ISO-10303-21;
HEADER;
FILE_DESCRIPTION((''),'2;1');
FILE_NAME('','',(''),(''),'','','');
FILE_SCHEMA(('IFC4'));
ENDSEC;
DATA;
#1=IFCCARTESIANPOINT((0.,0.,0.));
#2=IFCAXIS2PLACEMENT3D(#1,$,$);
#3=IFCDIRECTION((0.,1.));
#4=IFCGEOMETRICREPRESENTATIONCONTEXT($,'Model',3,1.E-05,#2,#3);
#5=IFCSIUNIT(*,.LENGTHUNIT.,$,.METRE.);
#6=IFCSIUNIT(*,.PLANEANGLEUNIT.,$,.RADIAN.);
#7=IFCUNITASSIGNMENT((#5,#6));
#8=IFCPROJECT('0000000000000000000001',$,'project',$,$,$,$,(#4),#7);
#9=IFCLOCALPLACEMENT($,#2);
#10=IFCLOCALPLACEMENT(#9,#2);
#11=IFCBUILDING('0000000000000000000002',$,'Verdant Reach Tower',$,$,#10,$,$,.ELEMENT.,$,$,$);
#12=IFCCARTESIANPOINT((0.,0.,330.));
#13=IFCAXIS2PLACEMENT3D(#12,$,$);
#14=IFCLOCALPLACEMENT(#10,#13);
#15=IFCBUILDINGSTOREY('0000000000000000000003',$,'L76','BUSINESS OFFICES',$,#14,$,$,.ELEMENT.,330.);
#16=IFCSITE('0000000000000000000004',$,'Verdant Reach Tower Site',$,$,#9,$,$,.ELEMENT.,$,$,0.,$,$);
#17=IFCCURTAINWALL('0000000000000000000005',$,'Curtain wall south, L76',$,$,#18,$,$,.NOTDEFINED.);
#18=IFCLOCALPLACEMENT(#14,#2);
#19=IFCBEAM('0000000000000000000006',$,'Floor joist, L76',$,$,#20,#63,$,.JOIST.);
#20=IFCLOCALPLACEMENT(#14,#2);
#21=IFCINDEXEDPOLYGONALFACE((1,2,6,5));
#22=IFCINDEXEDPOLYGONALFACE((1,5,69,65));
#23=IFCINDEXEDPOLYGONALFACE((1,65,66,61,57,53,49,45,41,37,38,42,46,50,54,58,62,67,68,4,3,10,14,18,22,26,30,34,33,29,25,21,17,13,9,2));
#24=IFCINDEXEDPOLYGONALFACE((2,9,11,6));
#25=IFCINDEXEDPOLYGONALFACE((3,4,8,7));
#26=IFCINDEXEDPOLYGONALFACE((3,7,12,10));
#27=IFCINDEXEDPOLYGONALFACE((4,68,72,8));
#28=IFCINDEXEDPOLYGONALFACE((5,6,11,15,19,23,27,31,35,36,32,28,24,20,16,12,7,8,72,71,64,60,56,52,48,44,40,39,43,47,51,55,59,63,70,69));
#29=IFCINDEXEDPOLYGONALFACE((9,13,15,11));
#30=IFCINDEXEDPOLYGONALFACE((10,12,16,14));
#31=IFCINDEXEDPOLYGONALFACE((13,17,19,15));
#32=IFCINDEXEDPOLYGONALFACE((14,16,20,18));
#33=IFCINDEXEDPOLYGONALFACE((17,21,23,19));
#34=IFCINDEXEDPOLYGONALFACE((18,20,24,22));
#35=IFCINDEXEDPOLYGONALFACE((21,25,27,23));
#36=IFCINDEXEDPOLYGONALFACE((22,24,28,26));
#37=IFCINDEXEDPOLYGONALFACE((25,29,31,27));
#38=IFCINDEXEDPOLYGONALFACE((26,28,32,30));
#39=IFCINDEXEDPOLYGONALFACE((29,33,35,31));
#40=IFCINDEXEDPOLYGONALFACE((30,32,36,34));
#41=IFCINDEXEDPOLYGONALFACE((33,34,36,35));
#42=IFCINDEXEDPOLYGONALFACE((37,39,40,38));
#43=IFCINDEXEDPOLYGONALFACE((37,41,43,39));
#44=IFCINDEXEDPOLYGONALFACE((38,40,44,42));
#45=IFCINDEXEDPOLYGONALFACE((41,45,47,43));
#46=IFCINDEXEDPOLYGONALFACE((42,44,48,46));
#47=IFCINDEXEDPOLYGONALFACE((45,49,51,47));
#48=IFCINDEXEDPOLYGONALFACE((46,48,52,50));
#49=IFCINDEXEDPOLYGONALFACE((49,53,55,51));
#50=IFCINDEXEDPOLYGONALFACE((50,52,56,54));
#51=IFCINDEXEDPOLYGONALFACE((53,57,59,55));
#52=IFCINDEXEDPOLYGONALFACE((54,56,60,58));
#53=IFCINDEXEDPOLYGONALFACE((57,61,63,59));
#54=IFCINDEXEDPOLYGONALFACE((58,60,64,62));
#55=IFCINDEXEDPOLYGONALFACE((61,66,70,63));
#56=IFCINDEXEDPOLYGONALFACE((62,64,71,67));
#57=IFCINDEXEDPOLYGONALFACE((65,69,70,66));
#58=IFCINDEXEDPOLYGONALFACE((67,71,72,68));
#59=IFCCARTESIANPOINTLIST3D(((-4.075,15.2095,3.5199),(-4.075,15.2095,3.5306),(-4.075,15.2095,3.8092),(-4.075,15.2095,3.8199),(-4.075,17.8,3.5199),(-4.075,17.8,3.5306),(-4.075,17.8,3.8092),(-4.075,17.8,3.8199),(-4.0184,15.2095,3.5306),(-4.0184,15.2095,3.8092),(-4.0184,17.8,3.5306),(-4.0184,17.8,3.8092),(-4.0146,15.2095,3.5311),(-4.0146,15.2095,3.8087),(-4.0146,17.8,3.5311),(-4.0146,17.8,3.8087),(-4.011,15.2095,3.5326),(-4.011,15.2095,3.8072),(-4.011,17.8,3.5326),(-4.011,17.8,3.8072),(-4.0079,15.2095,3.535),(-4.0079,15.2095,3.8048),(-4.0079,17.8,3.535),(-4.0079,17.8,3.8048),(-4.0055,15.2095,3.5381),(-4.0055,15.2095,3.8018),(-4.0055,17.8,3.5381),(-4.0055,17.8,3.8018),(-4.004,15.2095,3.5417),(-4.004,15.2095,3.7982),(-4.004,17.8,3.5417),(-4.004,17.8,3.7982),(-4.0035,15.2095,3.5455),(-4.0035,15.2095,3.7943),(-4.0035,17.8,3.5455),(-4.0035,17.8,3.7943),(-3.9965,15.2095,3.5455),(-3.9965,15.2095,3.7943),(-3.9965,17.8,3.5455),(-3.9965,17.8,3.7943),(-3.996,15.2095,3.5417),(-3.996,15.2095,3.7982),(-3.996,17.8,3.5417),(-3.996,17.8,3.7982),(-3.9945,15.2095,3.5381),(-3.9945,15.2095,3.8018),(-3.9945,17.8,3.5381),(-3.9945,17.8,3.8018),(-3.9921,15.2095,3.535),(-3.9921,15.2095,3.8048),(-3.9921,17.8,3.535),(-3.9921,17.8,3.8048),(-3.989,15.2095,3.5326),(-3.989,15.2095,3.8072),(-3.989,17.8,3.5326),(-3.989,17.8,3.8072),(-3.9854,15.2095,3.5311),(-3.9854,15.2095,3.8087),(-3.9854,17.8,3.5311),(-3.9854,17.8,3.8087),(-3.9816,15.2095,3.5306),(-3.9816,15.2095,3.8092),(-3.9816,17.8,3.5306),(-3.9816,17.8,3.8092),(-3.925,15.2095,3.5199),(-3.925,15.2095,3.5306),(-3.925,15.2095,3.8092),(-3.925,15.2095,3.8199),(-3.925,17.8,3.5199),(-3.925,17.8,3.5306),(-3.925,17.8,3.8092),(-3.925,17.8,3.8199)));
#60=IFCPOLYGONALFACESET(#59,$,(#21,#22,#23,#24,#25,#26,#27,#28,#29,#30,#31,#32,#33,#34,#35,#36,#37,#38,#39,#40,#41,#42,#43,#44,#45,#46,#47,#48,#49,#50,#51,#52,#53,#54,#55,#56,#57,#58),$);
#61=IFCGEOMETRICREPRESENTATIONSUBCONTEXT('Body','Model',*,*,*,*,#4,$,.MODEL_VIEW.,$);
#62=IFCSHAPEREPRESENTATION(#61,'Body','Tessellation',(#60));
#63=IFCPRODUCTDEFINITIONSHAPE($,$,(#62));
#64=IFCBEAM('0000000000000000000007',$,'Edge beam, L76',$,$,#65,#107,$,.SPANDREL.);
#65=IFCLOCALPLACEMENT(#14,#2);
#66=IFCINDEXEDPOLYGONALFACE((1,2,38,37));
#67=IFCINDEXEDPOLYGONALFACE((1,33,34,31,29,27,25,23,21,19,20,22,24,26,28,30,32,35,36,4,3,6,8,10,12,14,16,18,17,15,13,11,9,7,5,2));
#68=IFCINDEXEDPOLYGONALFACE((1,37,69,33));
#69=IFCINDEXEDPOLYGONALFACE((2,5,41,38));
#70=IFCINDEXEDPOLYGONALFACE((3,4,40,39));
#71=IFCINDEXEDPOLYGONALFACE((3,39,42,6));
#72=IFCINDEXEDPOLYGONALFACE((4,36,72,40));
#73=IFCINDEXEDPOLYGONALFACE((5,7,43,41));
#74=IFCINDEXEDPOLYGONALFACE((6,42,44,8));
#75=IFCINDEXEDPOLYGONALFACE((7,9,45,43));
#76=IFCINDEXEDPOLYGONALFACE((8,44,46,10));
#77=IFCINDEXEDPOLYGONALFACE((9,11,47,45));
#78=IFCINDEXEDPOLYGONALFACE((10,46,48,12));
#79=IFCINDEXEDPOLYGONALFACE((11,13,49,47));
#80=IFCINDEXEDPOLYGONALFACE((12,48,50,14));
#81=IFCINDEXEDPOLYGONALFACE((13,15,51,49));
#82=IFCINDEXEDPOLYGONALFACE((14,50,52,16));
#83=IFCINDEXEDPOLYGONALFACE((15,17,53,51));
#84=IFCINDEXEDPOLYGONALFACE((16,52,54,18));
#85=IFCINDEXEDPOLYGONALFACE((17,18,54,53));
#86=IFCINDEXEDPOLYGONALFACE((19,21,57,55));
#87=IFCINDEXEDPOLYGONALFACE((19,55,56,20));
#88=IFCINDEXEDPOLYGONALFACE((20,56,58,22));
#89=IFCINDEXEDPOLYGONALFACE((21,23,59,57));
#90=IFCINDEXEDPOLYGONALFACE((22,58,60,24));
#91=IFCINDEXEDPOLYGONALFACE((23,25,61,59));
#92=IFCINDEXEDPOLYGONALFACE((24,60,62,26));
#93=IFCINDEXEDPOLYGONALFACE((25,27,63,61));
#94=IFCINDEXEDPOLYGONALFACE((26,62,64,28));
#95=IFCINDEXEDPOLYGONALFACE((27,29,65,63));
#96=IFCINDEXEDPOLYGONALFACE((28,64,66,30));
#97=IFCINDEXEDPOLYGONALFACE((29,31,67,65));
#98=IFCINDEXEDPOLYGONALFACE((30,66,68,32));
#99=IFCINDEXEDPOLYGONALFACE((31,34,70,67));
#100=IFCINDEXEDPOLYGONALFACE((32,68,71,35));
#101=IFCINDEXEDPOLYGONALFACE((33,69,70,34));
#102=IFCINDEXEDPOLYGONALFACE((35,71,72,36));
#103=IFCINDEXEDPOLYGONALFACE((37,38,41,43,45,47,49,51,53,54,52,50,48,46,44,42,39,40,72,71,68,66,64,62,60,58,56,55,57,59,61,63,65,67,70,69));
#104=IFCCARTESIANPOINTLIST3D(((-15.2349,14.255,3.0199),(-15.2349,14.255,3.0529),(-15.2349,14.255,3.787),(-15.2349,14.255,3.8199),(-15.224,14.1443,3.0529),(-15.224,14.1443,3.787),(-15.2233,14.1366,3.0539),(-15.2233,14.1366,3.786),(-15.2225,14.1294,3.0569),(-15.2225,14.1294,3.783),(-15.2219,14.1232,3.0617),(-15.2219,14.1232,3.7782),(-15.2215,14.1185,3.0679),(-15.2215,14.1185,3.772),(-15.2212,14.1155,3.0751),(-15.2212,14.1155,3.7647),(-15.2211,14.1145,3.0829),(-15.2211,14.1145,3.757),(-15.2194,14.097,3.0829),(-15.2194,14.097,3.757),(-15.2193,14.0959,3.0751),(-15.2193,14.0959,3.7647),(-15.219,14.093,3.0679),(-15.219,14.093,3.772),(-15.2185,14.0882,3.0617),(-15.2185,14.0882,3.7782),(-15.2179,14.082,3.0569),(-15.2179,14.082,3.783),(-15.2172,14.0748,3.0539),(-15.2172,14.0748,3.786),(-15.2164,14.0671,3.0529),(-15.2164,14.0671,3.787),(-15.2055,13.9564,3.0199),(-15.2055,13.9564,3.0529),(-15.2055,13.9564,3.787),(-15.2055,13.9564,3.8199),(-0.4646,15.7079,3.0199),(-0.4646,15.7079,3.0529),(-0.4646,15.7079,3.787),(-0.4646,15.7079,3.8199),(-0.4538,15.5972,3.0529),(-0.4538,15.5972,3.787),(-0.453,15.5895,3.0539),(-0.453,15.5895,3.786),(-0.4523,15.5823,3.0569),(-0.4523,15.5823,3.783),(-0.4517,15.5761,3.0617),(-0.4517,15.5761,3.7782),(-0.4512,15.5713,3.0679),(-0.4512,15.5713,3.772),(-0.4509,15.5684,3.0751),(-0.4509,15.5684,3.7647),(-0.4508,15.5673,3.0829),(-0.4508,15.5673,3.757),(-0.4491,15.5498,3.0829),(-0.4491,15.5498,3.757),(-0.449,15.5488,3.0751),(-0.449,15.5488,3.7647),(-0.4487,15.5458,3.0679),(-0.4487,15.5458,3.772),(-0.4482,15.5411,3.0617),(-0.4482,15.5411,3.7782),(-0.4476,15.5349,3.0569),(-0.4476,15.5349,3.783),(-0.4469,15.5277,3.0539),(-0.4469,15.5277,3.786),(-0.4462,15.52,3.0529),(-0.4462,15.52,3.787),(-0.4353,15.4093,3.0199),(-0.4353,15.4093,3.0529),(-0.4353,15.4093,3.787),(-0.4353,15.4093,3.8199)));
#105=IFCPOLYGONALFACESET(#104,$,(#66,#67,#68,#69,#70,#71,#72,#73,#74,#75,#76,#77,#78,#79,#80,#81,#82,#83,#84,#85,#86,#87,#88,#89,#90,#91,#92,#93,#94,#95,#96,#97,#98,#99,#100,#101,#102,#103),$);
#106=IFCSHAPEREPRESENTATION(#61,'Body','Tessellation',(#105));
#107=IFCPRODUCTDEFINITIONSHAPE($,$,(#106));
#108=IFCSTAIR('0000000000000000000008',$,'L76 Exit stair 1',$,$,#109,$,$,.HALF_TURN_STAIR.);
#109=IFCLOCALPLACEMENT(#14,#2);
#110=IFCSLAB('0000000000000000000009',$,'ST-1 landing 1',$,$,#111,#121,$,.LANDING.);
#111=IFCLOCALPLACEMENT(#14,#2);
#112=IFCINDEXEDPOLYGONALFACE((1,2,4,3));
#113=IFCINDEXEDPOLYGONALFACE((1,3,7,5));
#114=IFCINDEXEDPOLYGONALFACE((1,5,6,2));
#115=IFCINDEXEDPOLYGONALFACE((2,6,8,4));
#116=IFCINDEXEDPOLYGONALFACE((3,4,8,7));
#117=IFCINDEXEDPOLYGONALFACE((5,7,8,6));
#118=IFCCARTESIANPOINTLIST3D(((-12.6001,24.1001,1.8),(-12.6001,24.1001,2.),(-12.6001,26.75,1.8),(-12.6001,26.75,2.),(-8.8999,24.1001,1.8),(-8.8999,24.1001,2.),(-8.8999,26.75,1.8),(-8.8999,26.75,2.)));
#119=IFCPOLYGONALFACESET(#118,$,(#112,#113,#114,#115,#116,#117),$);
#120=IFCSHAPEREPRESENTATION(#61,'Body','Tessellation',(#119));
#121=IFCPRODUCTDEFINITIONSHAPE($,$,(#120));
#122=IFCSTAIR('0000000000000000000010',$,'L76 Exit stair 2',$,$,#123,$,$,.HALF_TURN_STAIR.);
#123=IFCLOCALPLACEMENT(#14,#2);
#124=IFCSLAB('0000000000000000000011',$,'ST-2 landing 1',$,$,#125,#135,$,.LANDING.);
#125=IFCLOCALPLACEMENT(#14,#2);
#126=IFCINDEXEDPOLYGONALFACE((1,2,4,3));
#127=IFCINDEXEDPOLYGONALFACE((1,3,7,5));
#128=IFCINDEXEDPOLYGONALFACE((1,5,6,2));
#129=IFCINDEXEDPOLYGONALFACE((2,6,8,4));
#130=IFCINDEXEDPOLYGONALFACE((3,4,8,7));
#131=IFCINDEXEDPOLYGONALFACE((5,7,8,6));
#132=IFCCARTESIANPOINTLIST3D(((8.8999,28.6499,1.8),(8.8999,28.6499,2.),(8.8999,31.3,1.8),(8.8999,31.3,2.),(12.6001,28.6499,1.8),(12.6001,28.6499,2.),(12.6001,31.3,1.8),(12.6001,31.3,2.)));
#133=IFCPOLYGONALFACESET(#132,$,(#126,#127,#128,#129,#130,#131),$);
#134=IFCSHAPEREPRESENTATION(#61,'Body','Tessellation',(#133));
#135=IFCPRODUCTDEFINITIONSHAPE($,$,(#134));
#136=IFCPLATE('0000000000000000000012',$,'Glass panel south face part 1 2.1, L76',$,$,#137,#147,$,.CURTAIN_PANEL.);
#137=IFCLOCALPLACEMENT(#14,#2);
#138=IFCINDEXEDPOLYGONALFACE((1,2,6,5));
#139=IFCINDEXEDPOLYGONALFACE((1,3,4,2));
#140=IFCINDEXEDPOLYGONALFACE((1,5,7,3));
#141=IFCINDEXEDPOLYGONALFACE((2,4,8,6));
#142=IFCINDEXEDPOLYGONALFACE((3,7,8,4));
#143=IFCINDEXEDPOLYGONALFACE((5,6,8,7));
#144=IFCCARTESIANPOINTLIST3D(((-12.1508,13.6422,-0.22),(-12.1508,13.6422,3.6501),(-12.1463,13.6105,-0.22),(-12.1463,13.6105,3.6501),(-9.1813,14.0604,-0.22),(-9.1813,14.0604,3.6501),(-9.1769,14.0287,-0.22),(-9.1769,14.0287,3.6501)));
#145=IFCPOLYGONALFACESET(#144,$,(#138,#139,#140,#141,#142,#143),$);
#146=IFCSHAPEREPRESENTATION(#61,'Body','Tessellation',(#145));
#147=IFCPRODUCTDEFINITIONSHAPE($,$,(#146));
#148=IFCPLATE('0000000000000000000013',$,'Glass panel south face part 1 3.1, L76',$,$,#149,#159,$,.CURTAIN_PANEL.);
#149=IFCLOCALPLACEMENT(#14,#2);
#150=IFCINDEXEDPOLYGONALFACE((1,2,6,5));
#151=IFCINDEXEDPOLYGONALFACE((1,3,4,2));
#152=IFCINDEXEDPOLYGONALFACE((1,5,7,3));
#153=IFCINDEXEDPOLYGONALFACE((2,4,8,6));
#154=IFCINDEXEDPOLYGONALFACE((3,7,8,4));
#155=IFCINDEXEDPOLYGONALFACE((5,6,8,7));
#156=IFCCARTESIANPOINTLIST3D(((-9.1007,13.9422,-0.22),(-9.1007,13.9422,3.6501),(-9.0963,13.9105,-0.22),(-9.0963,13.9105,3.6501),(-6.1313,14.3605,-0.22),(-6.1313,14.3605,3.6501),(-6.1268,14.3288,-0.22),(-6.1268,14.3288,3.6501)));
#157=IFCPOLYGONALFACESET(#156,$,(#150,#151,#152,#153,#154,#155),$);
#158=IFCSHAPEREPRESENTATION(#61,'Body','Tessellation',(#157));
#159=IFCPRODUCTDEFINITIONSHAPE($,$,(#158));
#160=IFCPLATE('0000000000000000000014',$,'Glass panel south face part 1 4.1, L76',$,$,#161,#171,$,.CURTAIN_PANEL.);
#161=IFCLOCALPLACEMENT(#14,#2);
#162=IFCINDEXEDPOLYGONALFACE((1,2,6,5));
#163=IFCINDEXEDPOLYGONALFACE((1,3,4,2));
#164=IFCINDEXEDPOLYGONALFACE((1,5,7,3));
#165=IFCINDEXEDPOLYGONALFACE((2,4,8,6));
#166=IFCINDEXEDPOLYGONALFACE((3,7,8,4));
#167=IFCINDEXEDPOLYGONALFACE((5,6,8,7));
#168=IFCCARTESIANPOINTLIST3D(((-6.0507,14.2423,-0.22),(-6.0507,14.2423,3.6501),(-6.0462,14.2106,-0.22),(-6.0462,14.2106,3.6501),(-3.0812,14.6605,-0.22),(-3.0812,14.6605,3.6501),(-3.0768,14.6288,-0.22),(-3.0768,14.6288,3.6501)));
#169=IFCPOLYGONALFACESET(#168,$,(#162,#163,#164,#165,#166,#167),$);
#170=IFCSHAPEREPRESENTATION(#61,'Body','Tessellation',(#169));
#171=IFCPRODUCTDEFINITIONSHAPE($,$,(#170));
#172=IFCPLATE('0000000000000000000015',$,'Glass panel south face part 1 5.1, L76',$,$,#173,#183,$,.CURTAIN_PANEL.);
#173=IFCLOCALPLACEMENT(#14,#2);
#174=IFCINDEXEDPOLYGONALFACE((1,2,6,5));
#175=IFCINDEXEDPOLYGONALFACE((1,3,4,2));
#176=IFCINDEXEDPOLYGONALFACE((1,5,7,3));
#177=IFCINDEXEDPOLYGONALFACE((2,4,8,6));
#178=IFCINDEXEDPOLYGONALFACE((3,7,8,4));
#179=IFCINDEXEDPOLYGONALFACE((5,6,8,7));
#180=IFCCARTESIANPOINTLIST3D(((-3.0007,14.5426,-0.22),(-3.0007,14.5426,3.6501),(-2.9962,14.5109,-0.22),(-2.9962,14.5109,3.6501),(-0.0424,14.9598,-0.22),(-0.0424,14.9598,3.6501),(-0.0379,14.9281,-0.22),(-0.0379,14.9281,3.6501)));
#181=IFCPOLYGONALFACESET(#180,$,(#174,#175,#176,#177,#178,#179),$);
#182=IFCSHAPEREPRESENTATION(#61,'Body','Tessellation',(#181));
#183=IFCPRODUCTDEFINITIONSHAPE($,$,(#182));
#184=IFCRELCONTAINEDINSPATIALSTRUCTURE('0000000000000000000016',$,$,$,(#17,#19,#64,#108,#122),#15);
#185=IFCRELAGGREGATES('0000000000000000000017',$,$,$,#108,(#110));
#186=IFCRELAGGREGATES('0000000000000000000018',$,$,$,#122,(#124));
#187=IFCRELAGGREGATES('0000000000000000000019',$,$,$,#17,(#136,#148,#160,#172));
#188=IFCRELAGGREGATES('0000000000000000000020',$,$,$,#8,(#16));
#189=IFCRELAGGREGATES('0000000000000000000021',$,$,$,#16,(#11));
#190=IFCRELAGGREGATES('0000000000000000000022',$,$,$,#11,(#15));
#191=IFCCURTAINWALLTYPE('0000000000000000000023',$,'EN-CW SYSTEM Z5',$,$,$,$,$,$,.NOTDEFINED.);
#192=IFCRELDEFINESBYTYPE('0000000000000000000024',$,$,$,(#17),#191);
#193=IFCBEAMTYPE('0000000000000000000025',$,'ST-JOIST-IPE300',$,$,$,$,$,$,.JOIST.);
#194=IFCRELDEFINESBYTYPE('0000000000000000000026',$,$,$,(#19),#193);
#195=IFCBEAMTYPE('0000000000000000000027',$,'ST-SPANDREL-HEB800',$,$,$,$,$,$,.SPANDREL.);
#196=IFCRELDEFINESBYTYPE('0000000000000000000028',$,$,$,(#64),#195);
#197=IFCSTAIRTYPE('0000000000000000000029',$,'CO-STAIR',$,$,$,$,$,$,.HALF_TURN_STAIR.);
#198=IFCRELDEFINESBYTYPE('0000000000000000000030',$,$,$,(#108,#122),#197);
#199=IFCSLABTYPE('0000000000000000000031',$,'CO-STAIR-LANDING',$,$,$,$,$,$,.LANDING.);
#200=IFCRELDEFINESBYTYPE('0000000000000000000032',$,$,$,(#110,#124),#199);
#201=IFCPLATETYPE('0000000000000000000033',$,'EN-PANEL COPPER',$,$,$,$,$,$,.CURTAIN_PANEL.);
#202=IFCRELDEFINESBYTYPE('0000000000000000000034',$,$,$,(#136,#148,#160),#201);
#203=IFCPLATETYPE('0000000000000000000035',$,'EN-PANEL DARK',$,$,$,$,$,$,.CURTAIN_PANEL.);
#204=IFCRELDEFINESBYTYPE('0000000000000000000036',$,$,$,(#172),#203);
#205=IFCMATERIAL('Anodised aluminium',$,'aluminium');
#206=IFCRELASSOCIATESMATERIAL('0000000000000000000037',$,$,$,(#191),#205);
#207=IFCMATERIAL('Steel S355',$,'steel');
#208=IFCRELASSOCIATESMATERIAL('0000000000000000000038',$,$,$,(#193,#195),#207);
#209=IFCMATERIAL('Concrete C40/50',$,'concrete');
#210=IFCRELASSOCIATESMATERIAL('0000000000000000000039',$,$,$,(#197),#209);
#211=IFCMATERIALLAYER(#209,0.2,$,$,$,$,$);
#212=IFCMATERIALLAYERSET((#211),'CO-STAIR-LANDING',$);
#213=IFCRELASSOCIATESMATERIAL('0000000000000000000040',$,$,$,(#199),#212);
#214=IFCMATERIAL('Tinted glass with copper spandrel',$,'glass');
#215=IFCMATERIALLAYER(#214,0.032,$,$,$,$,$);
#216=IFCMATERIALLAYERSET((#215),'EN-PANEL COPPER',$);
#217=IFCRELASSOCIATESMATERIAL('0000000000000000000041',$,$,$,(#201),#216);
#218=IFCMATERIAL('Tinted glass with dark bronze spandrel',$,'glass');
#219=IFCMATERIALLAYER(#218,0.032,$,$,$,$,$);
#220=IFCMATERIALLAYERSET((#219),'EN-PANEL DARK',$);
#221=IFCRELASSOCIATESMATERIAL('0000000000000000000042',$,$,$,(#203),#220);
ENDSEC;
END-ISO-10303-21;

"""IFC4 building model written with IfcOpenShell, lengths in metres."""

from ifc_helpers import new_model, si_unit, direction, frame, origin, origin_2d, place, context, subcontext, project, spatial, polyline, rectangle, i_section, outline, extrude, material, layer, layer_set, material_profile, profile_set, type_object, element, aggregate, save


model = new_model("IFC4")

# Units and contexts
model_context = context("Model", 3, precision=1e-05, world=origin(), true_north=direction((0.0, 1.0)))
body_context = subcontext(model_context, "Body", "Model", "MODEL_VIEW")
ifc_project = project(units=[si_unit("LENGTHUNIT", "METRE"), si_unit("PLANEANGLEUNIT", "RADIAN")], contexts=[model_context])

# Site, building, storey
site_placement = place(None, origin())
site = spatial("IfcSite", under=ifc_project, at=site_placement, Name="Verdant Reach Tower Site", CompositionType="ELEMENT", RefElevation=0.0)
building_placement = place(site_placement, origin())
building = spatial("IfcBuilding", under=site, at=building_placement, Name="Verdant Reach Tower", CompositionType="ELEMENT")
storey_placement = place(building_placement, frame((0.0, 0.0, 330.0)))
storey = spatial("IfcBuildingStorey", under=building, at=storey_placement, Name="L76", Description="BUSINESS OFFICES", CompositionType="ELEMENT", Elevation=330.0)

# Curtain wall
ifc_material_1 = material(Name="Anodised aluminium", Category="aluminium")
curtain_wall_type = type_object("IfcCurtainWallType", Name="EN-CW SYSTEM Z5", PredefinedType="NOTDEFINED", material=ifc_material_1)
curtain_wall_placement = place(storey_placement, origin())
curtain_wall = element("IfcCurtainWall", 1, at=curtain_wall_placement, inside=storey, type_object=curtain_wall_type, Name="Curtain wall south, L76", PredefinedType="NOTDEFINED")

# Beams
ifc_material_2 = material(Name="Steel S355", Category="steel")
ifc_material_profile_1 = material_profile(ifc_material_2, i_section(OverallWidth=0.1499, OverallDepth=0.3, WebThickness=0.0071, FlangeThickness=0.0107, FilletRadius=0.0149, at=origin_2d()), Name="IPE 300")
ifc_profile_set_1 = profile_set([ifc_material_profile_1], Name="Steel S355")
beam_type_1 = type_object("IfcBeamType", Name="ST-JOIST-IPE300", PredefinedType="JOIST", material=ifc_profile_set_1)
beam_1_placement = place(storey_placement, frame((-4.0, 17.8, 3.6699), z_axis=(0.0, -1.0, 0.0), x_axis=(1.0, 0.0, 0.0)))
element("IfcBeam", 2, at=beam_1_placement, inside=storey, type_object=beam_type_1, Name="Floor joist, L76", PredefinedType="JOIST", context=body_context, shape_type="SweptSolid", body=[
    extrude(i_section(OverallWidth=0.1499, OverallDepth=0.3, WebThickness=0.0071, FlangeThickness=0.0107, FilletRadius=0.0149, at=origin_2d()), origin(), (0.0, 0.0, 1.0), 2.5906),
])
ifc_material_profile_2 = material_profile(ifc_material_2, i_section(OverallWidth=0.3, OverallDepth=0.8, WebThickness=0.0176, FlangeThickness=0.033, FilletRadius=0.03, at=origin_2d()), Name="HEB 800")
ifc_profile_set_2 = profile_set([ifc_material_profile_2], Name="Steel S355")
beam_type_2 = type_object("IfcBeamType", Name="ST-SPANDREL-HEB800", PredefinedType="SPANDREL", material=ifc_profile_set_2)
beam_2_placement = place(storey_placement, frame((-0.45, 15.5586, 3.4199), z_axis=(-0.995197, -0.097893, 0.0), x_axis=(0.097893, -0.995197, 0.0)))
element("IfcBeam", 3, at=beam_2_placement, inside=storey, type_object=beam_type_2, Name="Edge beam, L76", PredefinedType="SPANDREL", context=body_context, shape_type="SweptSolid", body=[
    extrude(i_section(OverallWidth=0.3, OverallDepth=0.8, WebThickness=0.0176, FlangeThickness=0.033, FilletRadius=0.03, at=origin_2d()), origin(), (0.0, 0.0, 1.0), 14.8416),
])

# Stairs, slabs
ifc_material_3 = material(Name="Concrete C40/50", Category="concrete")
stair_type = type_object("IfcStairType", Name="CO-STAIR", PredefinedType="HALF_TURN_STAIR", material=ifc_material_3)
stair_1_placement = place(storey_placement, origin())
stair_1 = element("IfcStair", 4, at=stair_1_placement, inside=storey, type_object=stair_type, Name="L76 Exit stair 1", PredefinedType="HALF_TURN_STAIR")
ifc_layer_1 = layer(ifc_material_3, 0.2)
ifc_layer_set_1 = layer_set([ifc_layer_1], Name="CO-STAIR-LANDING")
slab_type_1 = type_object("IfcSlabType", Name="CO-STAIR-LANDING", PredefinedType="LANDING", material=ifc_layer_set_1)
slab_1_placement = place(storey_placement, frame((0.0, 0.0, 1.8)))
slab_1 = element("IfcSlab", 5, at=slab_1_placement, type_object=slab_type_1, Name="ST-1 landing 1", PredefinedType="LANDING", context=body_context, shape_type="SweptSolid", body=[
    extrude(outline(polyline([(-12.6001, 26.75), (-12.6001, 24.1001), (-8.8999, 24.1001), (-8.8999, 26.75), (-12.6001, 26.75)])), origin(), (0.0, 0.0, 1.0), 0.2),
])
aggregate(stair_1, [slab_1])
stair_2_placement = place(storey_placement, origin())
stair_2 = element("IfcStair", 6, at=stair_2_placement, inside=storey, type_object=stair_type, Name="L76 Exit stair 2", PredefinedType="HALF_TURN_STAIR")
slab_2_placement = place(storey_placement, frame((0.0, 0.0, 1.8)))
slab_2 = element("IfcSlab", 7, at=slab_2_placement, type_object=slab_type_1, Name="ST-2 landing 1", PredefinedType="LANDING", context=body_context, shape_type="SweptSolid", body=[
    extrude(outline(polyline([(12.6001, 28.6499), (12.6001, 31.3), (8.8999, 31.3), (8.8999, 28.6499), (12.6001, 28.6499)])), origin(), (0.0, 0.0, 1.0), 0.2),
])
aggregate(stair_2, [slab_2])

# Plates
ifc_material_4 = material(Name="Tinted glass with copper spandrel", Category="glass")
ifc_layer_2 = layer(ifc_material_4, 0.032)
ifc_layer_set_2 = layer_set([ifc_layer_2], Name="EN-PANEL COPPER")
plate_type_1 = type_object("IfcPlateType", Name="EN-PANEL COPPER", PredefinedType="CURTAIN_PANEL", material=ifc_layer_set_2)
plate_1_placement = place(storey_placement, frame((-10.6638, 13.8354, -0.22), z_axis=(0.0, 0.0, 1.0), x_axis=(0.990225, 0.139477, 0.0)))
plate_1 = element("IfcPlate", 8, at=plate_1_placement, type_object=plate_type_1, Name="Glass panel south face part 1 2.1, L76", PredefinedType="CURTAIN_PANEL", context=body_context, shape_type="SweptSolid", body=[
    extrude(rectangle(XDim=2.9988, YDim=0.032, at=origin_2d()), origin(), (0.0, 0.0, 1.0), 3.8701),
])
plate_2_placement = place(storey_placement, frame((-7.6138, 14.1355, -0.22), z_axis=(0.0, 0.0, 1.0), x_axis=(0.990225, 0.139477, 0.0)))
plate_2 = element("IfcPlate", 9, at=plate_2_placement, type_object=plate_type_1, Name="Glass panel south face part 1 3.1, L76", PredefinedType="CURTAIN_PANEL", context=body_context, shape_type="SweptSolid", body=[
    extrude(rectangle(XDim=2.9988, YDim=0.032, at=origin_2d()), origin(), (0.0, 0.0, 1.0), 3.8701),
])
plate_3_placement = place(storey_placement, frame((-4.5637, 14.4355, -0.22), z_axis=(0.0, 0.0, 1.0), x_axis=(0.990225, 0.139477, 0.0)))
plate_3 = element("IfcPlate", 10, at=plate_3_placement, type_object=plate_type_1, Name="Glass panel south face part 1 4.1, L76", PredefinedType="CURTAIN_PANEL", context=body_context, shape_type="SweptSolid", body=[
    extrude(rectangle(XDim=2.9988, YDim=0.032, at=origin_2d()), origin(), (0.0, 0.0, 1.0), 3.8701),
])
ifc_material_5 = material(Name="Tinted glass with dark bronze spandrel", Category="glass")
ifc_layer_3 = layer(ifc_material_5, 0.032)
ifc_layer_set_3 = layer_set([ifc_layer_3], Name="EN-PANEL DARK")
plate_type_2 = type_object("IfcPlateType", Name="EN-PANEL DARK", PredefinedType="CURTAIN_PANEL", material=ifc_layer_set_3)
plate_4_placement = place(storey_placement, frame((-1.5193, 14.7354, -0.22), z_axis=(0.0, 0.0, 1.0), x_axis=(0.9902, 0.139656, 0.0)))
plate_4 = element("IfcPlate", 11, at=plate_4_placement, type_object=plate_type_2, Name="Glass panel south face part 1 5.1, L76", PredefinedType="CURTAIN_PANEL", context=body_context, shape_type="SweptSolid", body=[
    extrude(rectangle(XDim=2.9875, YDim=0.032, at=origin_2d()), origin(), (0.0, 0.0, 1.0), 3.8701),
])
aggregate(curtain_wall, [plate_1, plate_2, plate_3, plate_4])

save(model, "model.ifc")
